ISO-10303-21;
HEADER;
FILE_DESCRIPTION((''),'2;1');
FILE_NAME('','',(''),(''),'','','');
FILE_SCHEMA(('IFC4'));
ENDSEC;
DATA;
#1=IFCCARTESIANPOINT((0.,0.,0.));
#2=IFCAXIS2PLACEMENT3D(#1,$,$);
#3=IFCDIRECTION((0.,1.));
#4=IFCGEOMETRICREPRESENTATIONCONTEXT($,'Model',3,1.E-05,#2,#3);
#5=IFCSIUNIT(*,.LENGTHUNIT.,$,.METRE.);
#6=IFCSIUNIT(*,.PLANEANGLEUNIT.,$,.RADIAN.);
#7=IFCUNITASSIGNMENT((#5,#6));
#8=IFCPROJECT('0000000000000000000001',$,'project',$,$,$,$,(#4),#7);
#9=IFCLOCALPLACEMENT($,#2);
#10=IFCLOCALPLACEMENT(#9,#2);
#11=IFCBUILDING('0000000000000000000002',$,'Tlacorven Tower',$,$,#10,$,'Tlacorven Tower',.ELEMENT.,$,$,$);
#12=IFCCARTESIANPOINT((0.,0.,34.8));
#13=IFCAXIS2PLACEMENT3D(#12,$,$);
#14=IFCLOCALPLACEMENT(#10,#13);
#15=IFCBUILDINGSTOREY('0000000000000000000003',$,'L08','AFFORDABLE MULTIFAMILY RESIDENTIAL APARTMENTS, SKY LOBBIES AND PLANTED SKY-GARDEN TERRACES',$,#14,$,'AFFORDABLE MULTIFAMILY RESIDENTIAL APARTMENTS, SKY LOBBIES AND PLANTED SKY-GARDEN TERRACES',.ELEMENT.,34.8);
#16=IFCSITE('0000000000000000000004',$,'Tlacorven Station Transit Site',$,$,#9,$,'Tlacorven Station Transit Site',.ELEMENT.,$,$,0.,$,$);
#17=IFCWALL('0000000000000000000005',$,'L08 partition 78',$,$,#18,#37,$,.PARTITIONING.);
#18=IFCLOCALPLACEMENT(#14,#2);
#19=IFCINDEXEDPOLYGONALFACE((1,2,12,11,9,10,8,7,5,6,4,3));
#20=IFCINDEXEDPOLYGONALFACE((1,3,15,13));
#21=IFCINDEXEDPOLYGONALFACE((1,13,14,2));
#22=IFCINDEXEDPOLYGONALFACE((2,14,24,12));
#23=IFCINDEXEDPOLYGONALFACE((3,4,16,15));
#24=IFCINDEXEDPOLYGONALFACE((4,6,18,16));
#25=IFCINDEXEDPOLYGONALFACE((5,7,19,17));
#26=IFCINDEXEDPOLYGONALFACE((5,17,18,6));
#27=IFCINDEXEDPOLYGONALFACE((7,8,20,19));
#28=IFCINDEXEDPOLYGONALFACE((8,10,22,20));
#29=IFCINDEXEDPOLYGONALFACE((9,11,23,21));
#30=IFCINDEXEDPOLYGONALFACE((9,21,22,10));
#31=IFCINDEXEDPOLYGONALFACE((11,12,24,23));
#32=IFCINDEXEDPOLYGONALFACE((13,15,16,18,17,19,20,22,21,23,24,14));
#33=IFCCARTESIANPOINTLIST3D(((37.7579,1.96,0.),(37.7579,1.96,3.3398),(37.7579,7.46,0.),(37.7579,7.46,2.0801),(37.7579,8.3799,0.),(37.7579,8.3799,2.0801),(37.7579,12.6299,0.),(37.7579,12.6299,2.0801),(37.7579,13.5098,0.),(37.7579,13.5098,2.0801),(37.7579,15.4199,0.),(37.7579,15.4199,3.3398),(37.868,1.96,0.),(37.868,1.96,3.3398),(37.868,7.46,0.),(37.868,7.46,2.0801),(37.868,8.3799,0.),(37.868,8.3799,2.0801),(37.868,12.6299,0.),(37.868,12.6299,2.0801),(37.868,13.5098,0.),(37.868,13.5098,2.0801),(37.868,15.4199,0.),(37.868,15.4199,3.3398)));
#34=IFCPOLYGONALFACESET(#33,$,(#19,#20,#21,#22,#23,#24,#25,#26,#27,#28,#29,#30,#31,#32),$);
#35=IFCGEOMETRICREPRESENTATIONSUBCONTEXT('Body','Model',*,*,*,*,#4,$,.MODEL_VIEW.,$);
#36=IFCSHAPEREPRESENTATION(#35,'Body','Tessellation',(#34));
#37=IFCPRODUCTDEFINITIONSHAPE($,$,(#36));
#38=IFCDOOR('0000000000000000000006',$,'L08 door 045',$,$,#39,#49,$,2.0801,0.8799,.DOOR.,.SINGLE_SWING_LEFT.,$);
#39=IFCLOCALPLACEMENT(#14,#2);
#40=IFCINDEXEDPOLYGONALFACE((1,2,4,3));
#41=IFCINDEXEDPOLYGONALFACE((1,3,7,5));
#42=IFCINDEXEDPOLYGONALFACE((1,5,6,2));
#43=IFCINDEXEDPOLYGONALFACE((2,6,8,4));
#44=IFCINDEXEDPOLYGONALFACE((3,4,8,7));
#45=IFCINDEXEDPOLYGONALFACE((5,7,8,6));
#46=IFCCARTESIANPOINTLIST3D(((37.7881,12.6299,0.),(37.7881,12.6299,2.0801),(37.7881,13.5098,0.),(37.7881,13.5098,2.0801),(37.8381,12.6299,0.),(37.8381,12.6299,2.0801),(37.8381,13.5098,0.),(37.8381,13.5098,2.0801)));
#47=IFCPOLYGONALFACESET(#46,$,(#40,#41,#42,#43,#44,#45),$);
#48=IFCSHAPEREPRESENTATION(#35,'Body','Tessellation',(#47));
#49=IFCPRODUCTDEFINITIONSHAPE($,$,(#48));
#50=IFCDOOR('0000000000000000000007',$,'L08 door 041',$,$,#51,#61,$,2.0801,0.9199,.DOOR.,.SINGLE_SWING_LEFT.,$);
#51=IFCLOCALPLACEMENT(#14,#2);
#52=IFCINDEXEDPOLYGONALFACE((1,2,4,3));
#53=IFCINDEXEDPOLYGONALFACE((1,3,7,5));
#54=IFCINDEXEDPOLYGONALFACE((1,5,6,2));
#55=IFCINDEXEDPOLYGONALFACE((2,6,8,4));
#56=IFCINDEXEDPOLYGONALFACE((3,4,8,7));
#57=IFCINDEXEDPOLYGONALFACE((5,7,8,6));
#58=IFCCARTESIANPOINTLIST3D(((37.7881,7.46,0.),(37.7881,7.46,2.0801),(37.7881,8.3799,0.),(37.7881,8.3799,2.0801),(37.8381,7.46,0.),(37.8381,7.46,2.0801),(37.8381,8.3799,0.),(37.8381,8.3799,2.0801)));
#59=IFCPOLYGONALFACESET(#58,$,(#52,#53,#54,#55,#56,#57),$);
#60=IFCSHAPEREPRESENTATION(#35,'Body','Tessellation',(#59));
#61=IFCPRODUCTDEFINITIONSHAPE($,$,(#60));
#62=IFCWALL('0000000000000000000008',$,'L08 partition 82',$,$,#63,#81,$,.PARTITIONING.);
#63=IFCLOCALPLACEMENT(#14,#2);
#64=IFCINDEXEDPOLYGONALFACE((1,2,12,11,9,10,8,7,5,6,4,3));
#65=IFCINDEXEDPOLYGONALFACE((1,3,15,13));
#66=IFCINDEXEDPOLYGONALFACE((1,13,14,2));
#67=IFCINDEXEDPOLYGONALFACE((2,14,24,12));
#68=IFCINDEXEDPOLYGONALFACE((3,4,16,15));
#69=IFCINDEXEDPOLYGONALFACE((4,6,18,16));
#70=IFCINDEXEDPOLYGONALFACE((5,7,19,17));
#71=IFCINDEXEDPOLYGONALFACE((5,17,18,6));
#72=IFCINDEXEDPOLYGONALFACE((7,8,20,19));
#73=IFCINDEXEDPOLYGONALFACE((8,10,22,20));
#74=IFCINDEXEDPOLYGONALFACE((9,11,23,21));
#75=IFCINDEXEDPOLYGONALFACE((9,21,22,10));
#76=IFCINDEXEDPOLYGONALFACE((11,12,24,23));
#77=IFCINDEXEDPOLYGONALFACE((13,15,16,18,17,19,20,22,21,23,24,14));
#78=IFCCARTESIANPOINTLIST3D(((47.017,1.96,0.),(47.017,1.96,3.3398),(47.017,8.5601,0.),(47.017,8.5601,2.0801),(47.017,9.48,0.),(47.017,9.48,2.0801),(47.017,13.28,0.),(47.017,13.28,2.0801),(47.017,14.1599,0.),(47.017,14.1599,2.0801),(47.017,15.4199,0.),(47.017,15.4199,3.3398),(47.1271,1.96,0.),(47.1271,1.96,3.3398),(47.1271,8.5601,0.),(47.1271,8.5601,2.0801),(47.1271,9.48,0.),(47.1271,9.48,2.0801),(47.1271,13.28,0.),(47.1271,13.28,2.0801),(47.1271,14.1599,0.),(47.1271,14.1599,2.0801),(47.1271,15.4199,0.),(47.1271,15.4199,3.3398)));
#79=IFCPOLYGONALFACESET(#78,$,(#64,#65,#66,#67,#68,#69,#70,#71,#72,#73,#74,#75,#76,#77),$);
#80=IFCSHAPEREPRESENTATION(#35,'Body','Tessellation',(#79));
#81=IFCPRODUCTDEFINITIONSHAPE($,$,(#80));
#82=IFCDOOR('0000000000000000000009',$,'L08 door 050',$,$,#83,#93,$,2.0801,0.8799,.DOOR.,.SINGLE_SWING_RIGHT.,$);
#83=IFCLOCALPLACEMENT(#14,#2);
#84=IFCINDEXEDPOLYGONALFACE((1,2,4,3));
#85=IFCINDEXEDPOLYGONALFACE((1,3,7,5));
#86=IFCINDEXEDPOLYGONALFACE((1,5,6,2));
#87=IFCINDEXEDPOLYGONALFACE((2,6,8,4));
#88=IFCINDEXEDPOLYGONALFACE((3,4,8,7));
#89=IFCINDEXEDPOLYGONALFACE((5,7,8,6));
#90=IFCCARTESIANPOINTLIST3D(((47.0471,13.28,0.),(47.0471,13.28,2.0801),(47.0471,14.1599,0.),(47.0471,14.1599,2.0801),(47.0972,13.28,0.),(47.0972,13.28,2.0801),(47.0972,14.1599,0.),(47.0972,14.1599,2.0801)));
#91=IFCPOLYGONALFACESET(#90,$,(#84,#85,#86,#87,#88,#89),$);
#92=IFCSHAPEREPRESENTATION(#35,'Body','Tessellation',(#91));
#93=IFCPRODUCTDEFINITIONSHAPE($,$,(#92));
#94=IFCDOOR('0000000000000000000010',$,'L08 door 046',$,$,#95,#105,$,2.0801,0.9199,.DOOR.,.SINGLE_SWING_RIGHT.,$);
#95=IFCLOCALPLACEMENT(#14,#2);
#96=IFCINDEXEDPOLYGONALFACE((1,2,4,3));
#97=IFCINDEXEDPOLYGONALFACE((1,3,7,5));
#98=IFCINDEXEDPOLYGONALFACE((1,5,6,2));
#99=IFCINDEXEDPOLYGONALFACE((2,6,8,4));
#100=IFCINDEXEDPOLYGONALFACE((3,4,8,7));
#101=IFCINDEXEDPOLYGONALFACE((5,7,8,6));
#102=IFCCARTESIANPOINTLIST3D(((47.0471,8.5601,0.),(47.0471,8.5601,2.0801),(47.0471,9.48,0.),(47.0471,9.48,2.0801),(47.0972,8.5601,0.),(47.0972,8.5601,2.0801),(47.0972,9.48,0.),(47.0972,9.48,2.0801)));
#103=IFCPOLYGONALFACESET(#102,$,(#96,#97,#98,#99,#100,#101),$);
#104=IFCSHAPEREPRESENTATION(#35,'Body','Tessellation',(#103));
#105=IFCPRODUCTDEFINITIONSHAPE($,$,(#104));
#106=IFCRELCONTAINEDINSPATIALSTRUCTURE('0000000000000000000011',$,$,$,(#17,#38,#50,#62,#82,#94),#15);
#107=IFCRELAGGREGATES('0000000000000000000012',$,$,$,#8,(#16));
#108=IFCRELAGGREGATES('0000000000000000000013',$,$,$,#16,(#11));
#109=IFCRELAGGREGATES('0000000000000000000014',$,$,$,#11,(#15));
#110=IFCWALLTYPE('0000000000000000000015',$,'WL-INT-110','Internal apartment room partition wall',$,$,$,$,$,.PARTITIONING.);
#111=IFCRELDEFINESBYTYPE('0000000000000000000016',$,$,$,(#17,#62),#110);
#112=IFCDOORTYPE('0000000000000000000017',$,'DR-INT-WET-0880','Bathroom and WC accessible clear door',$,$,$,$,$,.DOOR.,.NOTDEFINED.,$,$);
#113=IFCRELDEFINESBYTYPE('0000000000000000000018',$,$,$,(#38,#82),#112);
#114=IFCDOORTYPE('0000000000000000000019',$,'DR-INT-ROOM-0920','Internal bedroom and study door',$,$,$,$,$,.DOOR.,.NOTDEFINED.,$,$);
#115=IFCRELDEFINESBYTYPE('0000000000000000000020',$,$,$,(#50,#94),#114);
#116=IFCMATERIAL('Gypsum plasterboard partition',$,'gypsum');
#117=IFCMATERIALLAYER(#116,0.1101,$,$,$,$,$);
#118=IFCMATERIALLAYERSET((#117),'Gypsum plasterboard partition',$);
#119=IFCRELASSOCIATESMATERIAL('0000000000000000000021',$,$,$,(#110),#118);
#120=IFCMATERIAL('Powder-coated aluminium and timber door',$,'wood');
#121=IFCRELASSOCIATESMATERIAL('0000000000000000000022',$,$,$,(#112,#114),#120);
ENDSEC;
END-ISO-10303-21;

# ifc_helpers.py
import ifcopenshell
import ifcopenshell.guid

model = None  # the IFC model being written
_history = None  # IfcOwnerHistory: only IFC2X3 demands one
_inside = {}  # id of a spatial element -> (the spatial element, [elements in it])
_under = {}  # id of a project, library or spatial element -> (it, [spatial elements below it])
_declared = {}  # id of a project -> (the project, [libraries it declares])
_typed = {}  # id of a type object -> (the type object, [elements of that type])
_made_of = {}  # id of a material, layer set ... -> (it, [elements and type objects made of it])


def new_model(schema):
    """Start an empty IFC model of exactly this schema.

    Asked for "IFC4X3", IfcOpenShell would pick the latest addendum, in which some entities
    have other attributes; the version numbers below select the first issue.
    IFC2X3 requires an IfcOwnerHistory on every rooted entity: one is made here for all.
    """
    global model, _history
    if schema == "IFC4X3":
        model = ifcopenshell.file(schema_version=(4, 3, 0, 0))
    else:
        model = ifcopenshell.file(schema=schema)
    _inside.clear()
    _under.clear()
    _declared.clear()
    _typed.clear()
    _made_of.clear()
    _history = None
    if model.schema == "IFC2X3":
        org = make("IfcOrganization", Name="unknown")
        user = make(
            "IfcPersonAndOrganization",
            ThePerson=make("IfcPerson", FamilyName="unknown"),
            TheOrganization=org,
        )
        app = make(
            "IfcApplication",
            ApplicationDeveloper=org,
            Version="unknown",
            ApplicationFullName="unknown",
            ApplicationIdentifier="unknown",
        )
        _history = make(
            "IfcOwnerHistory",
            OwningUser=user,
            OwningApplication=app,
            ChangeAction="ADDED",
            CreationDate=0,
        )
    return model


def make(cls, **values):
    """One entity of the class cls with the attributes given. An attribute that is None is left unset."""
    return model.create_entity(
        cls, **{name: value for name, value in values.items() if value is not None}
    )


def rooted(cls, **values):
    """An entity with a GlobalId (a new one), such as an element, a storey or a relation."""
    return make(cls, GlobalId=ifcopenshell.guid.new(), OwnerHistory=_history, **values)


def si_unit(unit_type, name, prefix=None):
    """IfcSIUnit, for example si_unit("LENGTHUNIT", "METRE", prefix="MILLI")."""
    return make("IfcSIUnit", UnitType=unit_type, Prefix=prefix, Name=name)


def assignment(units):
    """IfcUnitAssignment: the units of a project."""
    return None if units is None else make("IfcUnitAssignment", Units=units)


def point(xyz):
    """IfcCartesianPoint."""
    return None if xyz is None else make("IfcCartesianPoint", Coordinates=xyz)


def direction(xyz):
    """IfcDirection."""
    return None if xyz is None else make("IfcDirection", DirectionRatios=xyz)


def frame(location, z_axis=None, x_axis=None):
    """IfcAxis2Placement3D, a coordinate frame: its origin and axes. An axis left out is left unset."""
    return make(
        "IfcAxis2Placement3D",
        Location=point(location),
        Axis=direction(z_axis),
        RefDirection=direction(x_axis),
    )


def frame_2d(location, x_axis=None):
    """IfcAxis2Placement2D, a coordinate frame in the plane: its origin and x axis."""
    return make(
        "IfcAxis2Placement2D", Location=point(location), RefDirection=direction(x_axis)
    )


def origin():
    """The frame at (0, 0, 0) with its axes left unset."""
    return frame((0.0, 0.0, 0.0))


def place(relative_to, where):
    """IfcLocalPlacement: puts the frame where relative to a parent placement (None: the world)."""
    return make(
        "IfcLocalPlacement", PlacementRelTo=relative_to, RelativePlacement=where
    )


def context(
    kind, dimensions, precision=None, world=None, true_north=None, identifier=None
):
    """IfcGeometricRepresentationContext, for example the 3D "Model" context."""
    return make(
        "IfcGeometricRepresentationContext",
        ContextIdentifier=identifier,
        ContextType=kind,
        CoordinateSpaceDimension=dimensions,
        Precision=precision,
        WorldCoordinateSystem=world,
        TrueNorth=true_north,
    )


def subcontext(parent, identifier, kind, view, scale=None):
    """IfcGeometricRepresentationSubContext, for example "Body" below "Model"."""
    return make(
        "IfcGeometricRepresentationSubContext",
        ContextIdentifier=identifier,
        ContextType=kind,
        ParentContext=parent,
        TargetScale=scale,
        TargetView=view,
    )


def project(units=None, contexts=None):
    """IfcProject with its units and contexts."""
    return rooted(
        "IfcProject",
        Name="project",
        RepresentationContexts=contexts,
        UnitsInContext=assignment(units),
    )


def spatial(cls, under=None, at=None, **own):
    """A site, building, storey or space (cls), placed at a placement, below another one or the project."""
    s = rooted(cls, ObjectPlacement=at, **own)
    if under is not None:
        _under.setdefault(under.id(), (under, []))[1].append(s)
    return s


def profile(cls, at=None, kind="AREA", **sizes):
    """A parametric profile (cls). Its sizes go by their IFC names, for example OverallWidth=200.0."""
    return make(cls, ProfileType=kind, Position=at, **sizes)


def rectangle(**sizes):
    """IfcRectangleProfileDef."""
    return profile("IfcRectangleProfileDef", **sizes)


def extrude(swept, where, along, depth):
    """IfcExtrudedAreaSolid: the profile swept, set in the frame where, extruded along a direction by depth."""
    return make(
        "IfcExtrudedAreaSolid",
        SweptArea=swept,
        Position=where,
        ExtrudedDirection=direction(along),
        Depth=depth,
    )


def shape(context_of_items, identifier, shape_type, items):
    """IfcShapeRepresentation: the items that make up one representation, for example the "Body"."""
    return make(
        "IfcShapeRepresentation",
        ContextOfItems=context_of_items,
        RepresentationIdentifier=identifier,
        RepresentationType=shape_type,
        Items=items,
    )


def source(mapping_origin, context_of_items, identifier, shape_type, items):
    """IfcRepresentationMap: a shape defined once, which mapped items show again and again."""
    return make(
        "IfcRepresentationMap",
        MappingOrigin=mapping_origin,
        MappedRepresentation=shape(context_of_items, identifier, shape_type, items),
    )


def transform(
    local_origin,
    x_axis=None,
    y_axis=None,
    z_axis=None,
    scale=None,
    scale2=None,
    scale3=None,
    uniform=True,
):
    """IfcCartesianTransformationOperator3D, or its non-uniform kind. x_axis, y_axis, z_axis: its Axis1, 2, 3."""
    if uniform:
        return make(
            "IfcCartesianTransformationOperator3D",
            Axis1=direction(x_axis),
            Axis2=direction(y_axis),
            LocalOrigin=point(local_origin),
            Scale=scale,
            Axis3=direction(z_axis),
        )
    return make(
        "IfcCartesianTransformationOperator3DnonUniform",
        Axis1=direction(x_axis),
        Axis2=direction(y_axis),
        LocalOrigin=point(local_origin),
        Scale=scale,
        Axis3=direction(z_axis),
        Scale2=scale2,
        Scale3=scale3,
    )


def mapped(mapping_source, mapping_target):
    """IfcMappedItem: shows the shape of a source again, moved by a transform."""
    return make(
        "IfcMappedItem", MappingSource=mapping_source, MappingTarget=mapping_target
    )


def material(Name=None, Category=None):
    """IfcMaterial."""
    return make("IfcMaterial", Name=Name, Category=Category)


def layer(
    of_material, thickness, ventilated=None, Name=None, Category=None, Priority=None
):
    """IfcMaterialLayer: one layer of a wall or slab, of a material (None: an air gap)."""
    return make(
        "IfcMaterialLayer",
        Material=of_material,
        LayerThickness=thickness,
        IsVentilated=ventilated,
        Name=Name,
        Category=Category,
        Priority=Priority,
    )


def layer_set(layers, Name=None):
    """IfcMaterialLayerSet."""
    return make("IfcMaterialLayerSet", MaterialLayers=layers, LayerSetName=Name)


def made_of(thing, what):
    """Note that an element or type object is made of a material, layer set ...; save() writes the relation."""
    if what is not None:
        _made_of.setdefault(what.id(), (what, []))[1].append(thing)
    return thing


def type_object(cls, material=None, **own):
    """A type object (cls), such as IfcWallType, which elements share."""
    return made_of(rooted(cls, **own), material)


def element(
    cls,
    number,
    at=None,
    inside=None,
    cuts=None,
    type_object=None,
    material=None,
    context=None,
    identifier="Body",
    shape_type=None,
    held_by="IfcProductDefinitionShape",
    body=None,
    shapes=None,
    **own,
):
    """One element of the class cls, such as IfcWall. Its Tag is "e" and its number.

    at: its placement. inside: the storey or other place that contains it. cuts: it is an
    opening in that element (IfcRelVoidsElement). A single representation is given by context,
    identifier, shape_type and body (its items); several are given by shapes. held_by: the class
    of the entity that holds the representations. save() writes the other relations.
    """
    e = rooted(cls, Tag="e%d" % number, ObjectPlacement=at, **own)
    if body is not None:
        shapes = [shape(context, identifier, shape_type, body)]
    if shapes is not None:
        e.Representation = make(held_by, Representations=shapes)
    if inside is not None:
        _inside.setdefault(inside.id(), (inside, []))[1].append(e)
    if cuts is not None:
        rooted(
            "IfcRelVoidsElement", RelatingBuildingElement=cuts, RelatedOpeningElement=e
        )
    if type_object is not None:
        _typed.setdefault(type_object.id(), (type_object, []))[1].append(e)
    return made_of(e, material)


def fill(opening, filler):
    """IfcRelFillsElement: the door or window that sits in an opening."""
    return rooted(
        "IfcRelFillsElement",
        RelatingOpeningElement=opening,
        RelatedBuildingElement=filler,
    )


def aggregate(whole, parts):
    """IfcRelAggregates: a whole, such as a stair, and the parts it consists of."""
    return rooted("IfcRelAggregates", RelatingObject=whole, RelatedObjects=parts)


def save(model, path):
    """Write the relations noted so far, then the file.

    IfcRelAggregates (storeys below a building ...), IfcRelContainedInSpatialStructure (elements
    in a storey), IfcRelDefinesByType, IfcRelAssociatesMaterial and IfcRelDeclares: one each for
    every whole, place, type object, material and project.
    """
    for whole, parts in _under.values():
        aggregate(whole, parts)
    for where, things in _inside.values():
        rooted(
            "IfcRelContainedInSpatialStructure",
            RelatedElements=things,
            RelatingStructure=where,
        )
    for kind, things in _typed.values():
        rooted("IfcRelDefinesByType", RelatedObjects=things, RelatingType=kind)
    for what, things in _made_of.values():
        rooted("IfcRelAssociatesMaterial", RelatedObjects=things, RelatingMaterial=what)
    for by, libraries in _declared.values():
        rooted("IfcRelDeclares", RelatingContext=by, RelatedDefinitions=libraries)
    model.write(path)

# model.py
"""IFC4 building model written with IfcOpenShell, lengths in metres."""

from ifc_helpers import new_model, si_unit, direction, frame, frame_2d, origin, place, context, subcontext, project, spatial, rectangle, extrude, source, transform, mapped, material, layer, layer_set, type_object, element, fill, save


model = new_model("IFC4")

# Units and contexts
model_context = context("Model", 3, precision=1e-05, world=origin(), true_north=direction((0.0, 1.0)))
body_context = subcontext(model_context, "Body", "Model", "MODEL_VIEW")
ifc_project = project(units=[si_unit("LENGTHUNIT", "METRE"), si_unit("PLANEANGLEUNIT", "RADIAN")], contexts=[model_context])

# Site, building, storey
site_placement = place(None, origin())
site = spatial("IfcSite", under=ifc_project, at=site_placement, Name="Tlacorven Station Transit Site", LongName="Tlacorven Station Transit Site", CompositionType="ELEMENT", RefElevation=0.0)
building_placement = place(site_placement, origin())
building = spatial("IfcBuilding", under=site, at=building_placement, Name="Tlacorven Tower", LongName="Tlacorven Tower", CompositionType="ELEMENT")
storey_placement = place(building_placement, frame((0.0, 0.0, 34.8)))
storey = spatial("IfcBuildingStorey", under=building, at=storey_placement, Name="L08", Description="AFFORDABLE MULTIFAMILY RESIDENTIAL APARTMENTS, SKY LOBBIES AND PLANTED SKY-GARDEN TERRACES", LongName="AFFORDABLE MULTIFAMILY RESIDENTIAL APARTMENTS, SKY LOBBIES AND PLANTED SKY-GARDEN TERRACES", CompositionType="ELEMENT", Elevation=34.8)

# Walls, openings, doors
ifc_material_1 = material(Name="Gypsum plasterboard partition", Category="gypsum")
ifc_layer_1 = layer(ifc_material_1, 0.1101)
ifc_layer_set_1 = layer_set([ifc_layer_1], Name="Gypsum plasterboard partition")
wall_type_1 = type_object("IfcWallType", Name="WL-INT-110", Description="Internal apartment room partition wall", PredefinedType="PARTITIONING", material=ifc_layer_set_1)
wall_1_placement = place(storey_placement, frame((37.813, 1.96, 0.0), z_axis=(0.0, 0.0, 1.0), x_axis=(0.0, 1.0, 0.0)))
wall_1 = element("IfcWall", 1, at=wall_1_placement, inside=storey, type_object=wall_type_1, Name="L08 partition 78", PredefinedType="PARTITIONING", context=body_context, shape_type="SweptSolid", body=[
    extrude(rectangle(XDim=13.46, YDim=0.1101, at=frame_2d((6.73, 0.0))), origin(), (0.0, 0.0, 1.0), 3.3398),
])
opening_1_placement = place(wall_1_placement, frame((5.5, 0.0, 0.0)))
opening_1 = element("IfcOpeningElement", 2, at=opening_1_placement, cuts=wall_1, PredefinedType="OPENING", context=body_context, shape_type="SweptSolid", body=[
    extrude(rectangle(XDim=0.9199, YDim=2.0801, at=frame_2d((0.46, 1.04))), frame((0.0, 0.0649, 0.0), z_axis=(0.0, -1.0, 0.0), x_axis=(1.0, 0.0, 0.0)), (0.0, 0.0, 1.0), 0.1301),
])
opening_2_placement = place(wall_1_placement, frame((10.6699, 0.0, 0.0)))
opening_2 = element("IfcOpeningElement", 3, at=opening_2_placement, cuts=wall_1, PredefinedType="OPENING", context=body_context, shape_type="SweptSolid", body=[
    extrude(rectangle(XDim=0.8799, YDim=2.0801, at=frame_2d((0.4399, 1.04))), frame((0.0, 0.0649, 0.0), z_axis=(0.0, -1.0, 0.0), x_axis=(1.0, 0.0, 0.0)), (0.0, 0.0, 1.0), 0.1301),
])
ifc_material_2 = material(Name="Powder-coated aluminium and timber door", Category="wood")
door_type_1 = type_object("IfcDoorType", Name="DR-INT-WET-0880", Description="Bathroom and WC accessible clear door", OperationType="NOTDEFINED", PredefinedType="DOOR", material=ifc_material_2)
shared_shape_1 = source(origin(), body_context, "Body", "SweptSolid", [
    extrude(rectangle(XDim=0.8799, YDim=2.0801, at=frame_2d((0.4399, 1.04))), frame((0.0, 0.0249, 0.0), z_axis=(0.0, -1.0, 0.0), x_axis=(1.0, 0.0, 0.0)), (0.0, 0.0, 1.0), 0.05),
])
door_1_placement = place(opening_2_placement, origin())
door_1 = element("IfcDoor", 4, at=door_1_placement, inside=storey, type_object=door_type_1, Name="L08 door 045", OperationType="SINGLE_SWING_LEFT", OverallHeight=2.0801, OverallWidth=0.8799, PredefinedType="DOOR", context=body_context, shape_type="MappedRepresentation", body=[
    mapped(shared_shape_1, transform((0.0, 0.0, 0.0), scale=1.0)),
])
fill(opening_2, door_1)
door_type_2 = type_object("IfcDoorType", Name="DR-INT-ROOM-0920", Description="Internal bedroom and study door", OperationType="NOTDEFINED", PredefinedType="DOOR", material=ifc_material_2)
shared_shape_2 = source(origin(), body_context, "Body", "SweptSolid", [
    extrude(rectangle(XDim=0.9199, YDim=2.0801, at=frame_2d((0.46, 1.04))), frame((0.0, 0.0249, 0.0), z_axis=(0.0, -1.0, 0.0), x_axis=(1.0, 0.0, 0.0)), (0.0, 0.0, 1.0), 0.05),
])
door_2_placement = place(opening_1_placement, origin())
door_2 = element("IfcDoor", 5, at=door_2_placement, inside=storey, type_object=door_type_2, Name="L08 door 041", OperationType="SINGLE_SWING_LEFT", OverallHeight=2.0801, OverallWidth=0.9199, PredefinedType="DOOR", context=body_context, shape_type="MappedRepresentation", body=[
    mapped(shared_shape_2, transform((0.0, 0.0, 0.0), scale=1.0)),
])
fill(opening_1, door_2)
wall_2_placement = place(storey_placement, frame((47.072, 1.96, 0.0), z_axis=(0.0, 0.0, 1.0), x_axis=(0.0, 1.0, 0.0)))
wall_2 = element("IfcWall", 6, at=wall_2_placement, inside=storey, type_object=wall_type_1, Name="L08 partition 82", PredefinedType="PARTITIONING", context=body_context, shape_type="SweptSolid", body=[
    extrude(rectangle(XDim=13.46, YDim=0.1101, at=frame_2d((6.73, 0.0))), origin(), (0.0, 0.0, 1.0), 3.3398),
])
opening_3_placement = place(wall_2_placement, frame((6.6001, 0.0, 0.0)))
opening_3 = element("IfcOpeningElement", 7, at=opening_3_placement, cuts=wall_2, PredefinedType="OPENING", context=body_context, shape_type="SweptSolid", body=[
    extrude(rectangle(XDim=0.9199, YDim=2.0801, at=frame_2d((0.46, 1.04))), frame((0.0, 0.0649, 0.0), z_axis=(0.0, -1.0, 0.0), x_axis=(1.0, 0.0, 0.0)), (0.0, 0.0, 1.0), 0.1301),
])
opening_4_placement = place(wall_2_placement, frame((11.3201, 0.0, 0.0)))
opening_4 = element("IfcOpeningElement", 8, at=opening_4_placement, cuts=wall_2, PredefinedType="OPENING", context=body_context, shape_type="SweptSolid", body=[
    extrude(rectangle(XDim=0.8799, YDim=2.0801, at=frame_2d((0.4399, 1.04))), frame((0.0, 0.0649, 0.0), z_axis=(0.0, -1.0, 0.0), x_axis=(1.0, 0.0, 0.0)), (0.0, 0.0, 1.0), 0.1301),
])
door_3_placement = place(opening_4_placement, origin())
door_3 = element("IfcDoor", 9, at=door_3_placement, inside=storey, type_object=door_type_1, Name="L08 door 050", OperationType="SINGLE_SWING_RIGHT", OverallHeight=2.0801, OverallWidth=0.8799, PredefinedType="DOOR", context=body_context, shape_type="MappedRepresentation", body=[
    mapped(shared_shape_1, transform((0.0, 0.0, 0.0), scale=1.0)),
])
fill(opening_4, door_3)
door_4_placement = place(opening_3_placement, origin())
door_4 = element("IfcDoor", 10, at=door_4_placement, inside=storey, type_object=door_type_2, Name="L08 door 046", OperationType="SINGLE_SWING_RIGHT", OverallHeight=2.0801, OverallWidth=0.9199, PredefinedType="DOOR", context=body_context, shape_type="MappedRepresentation", body=[
    mapped(shared_shape_2, transform((0.0, 0.0, 0.0), scale=1.0)),
])
fill(opening_3, door_4)

save(model, "model.ifc")
